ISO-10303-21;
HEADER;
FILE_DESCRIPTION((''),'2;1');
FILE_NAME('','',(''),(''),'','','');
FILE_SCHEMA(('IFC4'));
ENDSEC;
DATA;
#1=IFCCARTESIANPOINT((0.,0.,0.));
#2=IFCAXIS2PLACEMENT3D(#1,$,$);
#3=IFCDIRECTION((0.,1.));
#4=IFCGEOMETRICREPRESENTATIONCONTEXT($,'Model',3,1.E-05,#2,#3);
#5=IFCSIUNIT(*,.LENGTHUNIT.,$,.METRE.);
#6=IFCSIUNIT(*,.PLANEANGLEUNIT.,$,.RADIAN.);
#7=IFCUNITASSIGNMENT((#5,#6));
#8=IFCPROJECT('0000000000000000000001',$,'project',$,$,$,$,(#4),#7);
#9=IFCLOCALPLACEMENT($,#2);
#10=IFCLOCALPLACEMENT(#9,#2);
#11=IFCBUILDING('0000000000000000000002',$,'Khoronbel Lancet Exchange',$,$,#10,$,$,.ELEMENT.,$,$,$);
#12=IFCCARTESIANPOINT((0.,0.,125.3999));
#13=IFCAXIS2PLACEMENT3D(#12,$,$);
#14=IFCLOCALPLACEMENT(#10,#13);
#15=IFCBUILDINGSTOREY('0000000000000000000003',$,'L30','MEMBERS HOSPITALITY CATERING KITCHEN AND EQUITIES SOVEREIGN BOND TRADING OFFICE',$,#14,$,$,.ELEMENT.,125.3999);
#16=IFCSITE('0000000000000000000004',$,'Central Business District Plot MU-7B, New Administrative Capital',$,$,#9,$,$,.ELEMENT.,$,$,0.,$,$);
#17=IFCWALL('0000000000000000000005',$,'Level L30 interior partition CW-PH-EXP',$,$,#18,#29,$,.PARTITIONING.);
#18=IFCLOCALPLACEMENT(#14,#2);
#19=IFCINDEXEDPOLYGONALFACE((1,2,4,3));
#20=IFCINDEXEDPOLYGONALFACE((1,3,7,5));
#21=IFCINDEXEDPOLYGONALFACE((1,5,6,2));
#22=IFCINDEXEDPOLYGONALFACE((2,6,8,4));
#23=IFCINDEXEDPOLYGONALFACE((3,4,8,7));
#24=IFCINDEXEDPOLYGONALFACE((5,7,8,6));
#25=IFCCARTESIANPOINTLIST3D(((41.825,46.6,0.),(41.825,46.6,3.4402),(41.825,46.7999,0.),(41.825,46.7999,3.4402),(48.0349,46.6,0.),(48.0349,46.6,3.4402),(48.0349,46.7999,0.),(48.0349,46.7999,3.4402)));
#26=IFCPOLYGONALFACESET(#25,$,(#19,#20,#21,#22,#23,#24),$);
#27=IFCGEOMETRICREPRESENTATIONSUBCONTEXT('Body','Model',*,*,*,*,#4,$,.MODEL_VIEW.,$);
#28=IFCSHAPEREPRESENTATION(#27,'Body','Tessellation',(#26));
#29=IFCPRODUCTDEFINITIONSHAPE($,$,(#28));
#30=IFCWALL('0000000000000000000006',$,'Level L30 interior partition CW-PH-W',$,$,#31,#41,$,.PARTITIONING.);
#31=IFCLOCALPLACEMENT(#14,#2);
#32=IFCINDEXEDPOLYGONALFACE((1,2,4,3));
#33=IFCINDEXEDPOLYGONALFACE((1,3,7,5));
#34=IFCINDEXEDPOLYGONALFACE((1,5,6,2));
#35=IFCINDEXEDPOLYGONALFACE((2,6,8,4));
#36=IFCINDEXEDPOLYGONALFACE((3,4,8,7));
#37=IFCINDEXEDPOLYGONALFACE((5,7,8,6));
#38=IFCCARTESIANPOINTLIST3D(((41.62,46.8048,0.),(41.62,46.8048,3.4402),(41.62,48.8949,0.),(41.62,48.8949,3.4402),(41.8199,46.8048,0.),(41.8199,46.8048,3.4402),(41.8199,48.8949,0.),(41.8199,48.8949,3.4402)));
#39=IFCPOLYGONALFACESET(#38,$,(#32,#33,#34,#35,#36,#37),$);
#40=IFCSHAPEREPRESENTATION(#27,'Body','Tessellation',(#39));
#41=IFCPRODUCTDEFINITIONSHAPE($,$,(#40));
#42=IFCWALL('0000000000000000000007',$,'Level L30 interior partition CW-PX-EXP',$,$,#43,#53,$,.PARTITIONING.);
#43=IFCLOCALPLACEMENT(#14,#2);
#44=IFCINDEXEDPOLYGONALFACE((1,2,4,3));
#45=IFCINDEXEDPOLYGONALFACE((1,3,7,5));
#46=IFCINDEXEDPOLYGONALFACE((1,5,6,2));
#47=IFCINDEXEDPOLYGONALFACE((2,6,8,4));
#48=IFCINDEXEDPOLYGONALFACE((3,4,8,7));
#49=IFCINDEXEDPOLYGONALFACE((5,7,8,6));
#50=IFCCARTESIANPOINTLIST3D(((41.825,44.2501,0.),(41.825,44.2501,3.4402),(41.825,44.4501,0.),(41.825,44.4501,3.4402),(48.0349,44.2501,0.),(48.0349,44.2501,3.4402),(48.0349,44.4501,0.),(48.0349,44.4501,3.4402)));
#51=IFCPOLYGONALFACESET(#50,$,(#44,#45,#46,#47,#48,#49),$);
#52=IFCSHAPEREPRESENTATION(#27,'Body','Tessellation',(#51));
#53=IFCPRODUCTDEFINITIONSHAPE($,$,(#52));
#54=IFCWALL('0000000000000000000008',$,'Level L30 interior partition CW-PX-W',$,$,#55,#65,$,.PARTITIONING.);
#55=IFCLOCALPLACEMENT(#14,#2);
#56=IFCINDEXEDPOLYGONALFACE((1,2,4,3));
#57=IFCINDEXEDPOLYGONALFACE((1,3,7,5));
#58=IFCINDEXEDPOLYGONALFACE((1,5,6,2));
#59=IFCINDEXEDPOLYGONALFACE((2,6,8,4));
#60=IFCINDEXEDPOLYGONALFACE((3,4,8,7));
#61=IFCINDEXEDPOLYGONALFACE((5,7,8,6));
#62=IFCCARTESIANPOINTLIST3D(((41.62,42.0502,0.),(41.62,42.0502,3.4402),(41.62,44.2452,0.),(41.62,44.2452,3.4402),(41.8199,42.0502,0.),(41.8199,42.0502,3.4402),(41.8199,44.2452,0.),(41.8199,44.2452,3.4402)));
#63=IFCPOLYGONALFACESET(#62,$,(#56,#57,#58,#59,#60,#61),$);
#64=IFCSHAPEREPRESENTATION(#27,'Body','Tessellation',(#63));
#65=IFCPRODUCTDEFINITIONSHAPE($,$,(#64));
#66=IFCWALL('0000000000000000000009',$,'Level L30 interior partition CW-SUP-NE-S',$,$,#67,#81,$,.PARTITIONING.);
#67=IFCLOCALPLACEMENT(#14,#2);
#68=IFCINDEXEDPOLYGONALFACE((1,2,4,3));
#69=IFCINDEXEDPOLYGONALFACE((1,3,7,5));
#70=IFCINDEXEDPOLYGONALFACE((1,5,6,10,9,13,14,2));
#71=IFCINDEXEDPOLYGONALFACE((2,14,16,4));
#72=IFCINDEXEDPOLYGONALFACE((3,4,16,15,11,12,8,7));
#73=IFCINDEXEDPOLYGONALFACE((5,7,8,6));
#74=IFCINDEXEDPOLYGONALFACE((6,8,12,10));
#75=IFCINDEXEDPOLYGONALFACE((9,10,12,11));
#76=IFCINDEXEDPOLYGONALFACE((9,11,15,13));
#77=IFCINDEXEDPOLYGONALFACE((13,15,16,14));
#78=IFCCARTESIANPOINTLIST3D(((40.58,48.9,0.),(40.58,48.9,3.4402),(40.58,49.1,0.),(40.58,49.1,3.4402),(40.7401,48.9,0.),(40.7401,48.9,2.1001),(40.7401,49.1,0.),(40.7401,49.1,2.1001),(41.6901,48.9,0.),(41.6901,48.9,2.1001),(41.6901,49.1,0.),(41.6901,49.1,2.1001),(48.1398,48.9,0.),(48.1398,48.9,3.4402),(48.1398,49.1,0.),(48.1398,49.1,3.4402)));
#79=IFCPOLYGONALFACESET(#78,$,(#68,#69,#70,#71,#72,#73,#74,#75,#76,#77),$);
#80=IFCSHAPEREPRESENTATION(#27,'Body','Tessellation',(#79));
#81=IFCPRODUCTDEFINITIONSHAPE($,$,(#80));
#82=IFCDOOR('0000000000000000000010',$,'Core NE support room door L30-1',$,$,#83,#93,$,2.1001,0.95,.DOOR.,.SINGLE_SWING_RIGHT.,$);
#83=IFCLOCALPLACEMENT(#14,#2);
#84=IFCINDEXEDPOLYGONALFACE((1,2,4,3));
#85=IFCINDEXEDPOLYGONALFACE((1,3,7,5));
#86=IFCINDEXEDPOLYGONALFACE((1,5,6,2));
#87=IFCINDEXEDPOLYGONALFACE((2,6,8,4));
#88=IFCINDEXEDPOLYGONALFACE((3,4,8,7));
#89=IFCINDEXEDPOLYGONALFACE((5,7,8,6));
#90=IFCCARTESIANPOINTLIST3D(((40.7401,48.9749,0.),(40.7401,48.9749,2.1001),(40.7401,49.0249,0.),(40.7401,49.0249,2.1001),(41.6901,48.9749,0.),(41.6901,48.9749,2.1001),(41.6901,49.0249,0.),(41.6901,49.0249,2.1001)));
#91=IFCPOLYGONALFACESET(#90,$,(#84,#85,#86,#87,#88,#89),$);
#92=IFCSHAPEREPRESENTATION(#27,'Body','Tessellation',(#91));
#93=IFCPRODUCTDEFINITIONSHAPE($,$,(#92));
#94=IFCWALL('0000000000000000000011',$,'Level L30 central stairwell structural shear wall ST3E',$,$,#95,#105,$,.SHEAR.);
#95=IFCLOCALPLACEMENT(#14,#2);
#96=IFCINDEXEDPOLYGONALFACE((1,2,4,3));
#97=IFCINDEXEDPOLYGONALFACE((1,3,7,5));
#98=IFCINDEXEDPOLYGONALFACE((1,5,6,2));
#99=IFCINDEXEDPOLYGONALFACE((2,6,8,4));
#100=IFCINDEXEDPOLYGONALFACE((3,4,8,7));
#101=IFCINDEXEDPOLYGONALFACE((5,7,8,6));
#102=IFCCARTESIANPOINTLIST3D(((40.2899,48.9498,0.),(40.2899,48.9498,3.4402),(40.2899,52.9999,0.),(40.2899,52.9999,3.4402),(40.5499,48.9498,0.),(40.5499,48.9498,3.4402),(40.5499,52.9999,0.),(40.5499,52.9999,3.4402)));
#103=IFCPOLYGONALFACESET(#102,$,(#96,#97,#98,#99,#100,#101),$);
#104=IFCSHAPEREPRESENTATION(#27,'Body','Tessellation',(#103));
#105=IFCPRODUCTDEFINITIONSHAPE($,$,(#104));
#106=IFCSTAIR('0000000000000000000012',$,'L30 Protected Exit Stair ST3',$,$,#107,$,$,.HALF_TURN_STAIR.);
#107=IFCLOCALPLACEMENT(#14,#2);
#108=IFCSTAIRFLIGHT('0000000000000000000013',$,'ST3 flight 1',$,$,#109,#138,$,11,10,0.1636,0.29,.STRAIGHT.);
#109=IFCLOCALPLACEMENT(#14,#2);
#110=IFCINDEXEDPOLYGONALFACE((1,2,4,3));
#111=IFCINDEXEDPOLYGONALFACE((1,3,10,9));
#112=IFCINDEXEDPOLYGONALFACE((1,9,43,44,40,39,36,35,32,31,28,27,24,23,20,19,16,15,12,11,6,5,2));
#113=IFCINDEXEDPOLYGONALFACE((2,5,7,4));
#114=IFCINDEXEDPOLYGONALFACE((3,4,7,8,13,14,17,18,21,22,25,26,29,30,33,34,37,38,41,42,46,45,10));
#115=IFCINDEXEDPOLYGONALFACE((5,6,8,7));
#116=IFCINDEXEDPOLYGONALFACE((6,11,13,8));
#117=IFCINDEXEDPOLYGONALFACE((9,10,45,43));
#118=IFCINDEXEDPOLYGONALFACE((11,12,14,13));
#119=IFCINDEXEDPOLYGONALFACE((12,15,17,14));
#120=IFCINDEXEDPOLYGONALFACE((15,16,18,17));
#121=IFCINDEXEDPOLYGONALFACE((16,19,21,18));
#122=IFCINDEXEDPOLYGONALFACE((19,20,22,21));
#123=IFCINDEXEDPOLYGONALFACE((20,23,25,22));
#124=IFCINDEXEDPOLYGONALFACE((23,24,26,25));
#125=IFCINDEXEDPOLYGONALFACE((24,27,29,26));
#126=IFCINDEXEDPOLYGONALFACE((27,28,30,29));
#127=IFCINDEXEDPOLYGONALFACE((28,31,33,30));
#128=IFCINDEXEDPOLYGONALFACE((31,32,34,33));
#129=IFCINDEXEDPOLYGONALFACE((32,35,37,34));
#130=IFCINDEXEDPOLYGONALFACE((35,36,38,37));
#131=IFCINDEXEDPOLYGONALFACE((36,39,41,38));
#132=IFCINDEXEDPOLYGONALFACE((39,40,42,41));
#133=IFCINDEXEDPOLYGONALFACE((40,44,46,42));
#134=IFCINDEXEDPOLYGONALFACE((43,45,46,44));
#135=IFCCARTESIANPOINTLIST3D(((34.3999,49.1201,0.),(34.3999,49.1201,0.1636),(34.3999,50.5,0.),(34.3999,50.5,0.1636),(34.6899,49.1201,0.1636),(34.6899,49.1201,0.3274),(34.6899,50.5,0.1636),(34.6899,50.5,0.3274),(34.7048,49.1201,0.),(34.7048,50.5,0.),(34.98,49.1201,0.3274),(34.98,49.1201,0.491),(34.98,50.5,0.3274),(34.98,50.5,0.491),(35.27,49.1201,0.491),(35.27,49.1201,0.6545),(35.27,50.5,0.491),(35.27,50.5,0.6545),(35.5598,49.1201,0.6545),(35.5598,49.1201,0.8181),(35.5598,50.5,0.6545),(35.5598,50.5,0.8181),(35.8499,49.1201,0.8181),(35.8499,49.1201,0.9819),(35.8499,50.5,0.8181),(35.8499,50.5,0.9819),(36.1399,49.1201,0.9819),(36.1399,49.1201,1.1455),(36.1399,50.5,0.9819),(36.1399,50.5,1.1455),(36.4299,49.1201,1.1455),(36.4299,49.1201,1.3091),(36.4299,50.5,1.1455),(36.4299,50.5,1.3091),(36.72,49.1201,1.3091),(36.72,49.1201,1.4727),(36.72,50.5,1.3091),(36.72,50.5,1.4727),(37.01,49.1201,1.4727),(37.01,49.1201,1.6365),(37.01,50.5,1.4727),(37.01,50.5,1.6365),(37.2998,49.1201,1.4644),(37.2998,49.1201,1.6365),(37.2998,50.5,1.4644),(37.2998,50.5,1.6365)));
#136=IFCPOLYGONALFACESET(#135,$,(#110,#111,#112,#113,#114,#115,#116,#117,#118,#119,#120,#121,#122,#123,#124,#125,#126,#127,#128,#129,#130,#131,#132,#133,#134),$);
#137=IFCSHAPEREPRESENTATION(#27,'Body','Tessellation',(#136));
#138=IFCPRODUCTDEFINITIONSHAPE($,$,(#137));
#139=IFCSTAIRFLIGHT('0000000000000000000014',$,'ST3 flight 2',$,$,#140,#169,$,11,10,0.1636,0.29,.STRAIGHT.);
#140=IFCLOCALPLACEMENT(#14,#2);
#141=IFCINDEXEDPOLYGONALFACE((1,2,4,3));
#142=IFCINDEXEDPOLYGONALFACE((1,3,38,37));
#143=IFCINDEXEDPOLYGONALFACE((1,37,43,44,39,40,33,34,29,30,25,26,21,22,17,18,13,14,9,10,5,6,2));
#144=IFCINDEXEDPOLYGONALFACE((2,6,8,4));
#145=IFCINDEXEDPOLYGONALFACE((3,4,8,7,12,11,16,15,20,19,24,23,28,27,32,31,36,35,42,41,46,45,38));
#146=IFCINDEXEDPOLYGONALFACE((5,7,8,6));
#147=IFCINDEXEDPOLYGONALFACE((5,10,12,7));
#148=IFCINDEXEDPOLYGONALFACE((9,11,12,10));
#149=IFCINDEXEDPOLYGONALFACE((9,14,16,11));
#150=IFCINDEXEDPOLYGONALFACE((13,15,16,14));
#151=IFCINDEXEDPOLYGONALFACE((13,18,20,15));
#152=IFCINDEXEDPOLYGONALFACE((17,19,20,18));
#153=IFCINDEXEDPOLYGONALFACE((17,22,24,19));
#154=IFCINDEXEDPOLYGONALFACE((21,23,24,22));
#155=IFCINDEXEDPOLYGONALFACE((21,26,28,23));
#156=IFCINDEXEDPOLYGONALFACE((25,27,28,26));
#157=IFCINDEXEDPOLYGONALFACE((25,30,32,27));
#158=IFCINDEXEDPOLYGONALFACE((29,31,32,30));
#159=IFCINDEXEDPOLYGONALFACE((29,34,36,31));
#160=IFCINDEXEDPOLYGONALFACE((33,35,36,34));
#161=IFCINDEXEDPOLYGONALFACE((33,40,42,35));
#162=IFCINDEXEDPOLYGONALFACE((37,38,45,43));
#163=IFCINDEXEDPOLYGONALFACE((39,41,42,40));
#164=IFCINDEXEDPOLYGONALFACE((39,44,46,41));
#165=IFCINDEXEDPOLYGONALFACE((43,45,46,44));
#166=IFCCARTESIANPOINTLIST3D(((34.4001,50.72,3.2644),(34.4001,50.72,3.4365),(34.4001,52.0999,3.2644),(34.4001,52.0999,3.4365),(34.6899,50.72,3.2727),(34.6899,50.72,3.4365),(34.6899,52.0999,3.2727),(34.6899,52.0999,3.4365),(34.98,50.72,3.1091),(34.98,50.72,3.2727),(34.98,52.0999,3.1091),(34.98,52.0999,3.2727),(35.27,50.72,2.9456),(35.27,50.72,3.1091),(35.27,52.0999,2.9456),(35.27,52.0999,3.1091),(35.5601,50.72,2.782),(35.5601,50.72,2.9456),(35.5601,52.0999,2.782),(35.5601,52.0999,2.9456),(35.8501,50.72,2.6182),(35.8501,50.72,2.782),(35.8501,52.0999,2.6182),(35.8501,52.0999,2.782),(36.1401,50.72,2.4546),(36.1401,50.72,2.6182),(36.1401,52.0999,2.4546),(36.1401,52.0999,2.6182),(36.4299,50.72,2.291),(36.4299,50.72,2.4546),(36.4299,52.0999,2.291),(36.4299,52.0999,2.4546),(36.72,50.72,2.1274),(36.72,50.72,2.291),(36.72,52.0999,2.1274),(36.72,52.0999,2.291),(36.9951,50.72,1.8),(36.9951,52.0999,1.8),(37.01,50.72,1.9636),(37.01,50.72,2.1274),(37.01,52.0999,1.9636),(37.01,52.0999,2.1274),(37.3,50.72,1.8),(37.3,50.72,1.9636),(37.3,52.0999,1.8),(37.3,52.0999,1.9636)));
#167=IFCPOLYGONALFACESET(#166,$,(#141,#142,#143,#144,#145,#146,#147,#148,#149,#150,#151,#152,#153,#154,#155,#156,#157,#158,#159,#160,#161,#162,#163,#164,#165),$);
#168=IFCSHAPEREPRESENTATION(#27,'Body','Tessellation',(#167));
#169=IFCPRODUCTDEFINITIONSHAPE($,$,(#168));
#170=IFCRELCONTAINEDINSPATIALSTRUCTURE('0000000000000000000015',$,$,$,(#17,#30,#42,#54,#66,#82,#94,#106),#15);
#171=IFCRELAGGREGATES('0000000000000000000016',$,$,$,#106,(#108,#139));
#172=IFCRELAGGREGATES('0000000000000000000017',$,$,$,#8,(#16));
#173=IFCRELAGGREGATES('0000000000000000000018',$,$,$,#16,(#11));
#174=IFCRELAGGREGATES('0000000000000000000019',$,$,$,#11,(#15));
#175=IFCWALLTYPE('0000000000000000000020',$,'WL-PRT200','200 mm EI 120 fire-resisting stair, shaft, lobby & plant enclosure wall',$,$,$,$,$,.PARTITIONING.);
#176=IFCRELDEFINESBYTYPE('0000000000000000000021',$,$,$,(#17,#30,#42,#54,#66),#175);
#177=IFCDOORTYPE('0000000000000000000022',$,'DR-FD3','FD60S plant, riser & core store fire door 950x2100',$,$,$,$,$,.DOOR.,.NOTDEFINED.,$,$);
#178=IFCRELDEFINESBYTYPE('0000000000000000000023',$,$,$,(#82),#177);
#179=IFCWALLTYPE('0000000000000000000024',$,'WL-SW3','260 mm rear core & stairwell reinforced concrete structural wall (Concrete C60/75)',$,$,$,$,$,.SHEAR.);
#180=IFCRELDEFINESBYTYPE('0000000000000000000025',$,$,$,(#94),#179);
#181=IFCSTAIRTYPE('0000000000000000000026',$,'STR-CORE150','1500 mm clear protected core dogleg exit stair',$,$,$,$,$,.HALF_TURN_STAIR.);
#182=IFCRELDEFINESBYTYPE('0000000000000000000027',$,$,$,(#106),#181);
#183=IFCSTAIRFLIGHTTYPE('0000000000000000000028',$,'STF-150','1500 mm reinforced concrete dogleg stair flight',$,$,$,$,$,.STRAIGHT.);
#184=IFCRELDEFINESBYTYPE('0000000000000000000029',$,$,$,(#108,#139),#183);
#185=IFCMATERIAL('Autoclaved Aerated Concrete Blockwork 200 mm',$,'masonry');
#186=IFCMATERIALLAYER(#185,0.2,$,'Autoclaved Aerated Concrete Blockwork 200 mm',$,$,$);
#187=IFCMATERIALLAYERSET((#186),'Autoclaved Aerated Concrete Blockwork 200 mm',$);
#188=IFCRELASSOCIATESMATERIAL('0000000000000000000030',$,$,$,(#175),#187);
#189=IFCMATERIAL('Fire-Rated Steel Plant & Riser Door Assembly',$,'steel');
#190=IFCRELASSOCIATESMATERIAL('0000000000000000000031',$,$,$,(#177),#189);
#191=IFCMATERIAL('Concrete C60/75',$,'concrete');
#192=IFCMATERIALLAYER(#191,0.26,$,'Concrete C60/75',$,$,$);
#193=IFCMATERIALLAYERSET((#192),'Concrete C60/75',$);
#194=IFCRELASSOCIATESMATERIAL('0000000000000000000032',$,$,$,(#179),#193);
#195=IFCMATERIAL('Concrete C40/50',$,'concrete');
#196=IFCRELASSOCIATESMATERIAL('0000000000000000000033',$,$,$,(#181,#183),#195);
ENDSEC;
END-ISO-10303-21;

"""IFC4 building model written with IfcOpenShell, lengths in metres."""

from ifc_helpers import new_model, si_unit, direction, frame, frame_2d, origin, place, context, subcontext, project, spatial, polyline, rectangle, outline, extrude, material, layer, layer_set, type_object, element, fill, aggregate, save


model = new_model("IFC4")

# Units and contexts
model_context = context("Model", 3, precision=1e-05, world=origin(), true_north=direction((0.0, 1.0)))
body_context = subcontext(model_context, "Body", "Model", "MODEL_VIEW")
ifc_project = project(units=[si_unit("LENGTHUNIT", "METRE"), si_unit("PLANEANGLEUNIT", "RADIAN")], contexts=[model_context])

# Site, building, storey
site_placement = place(None, origin())
site = spatial("IfcSite", under=ifc_project, at=site_placement, Name="Central Business District Plot MU-7B, New Administrative Capital", CompositionType="ELEMENT", RefElevation=0.0)
building_placement = place(site_placement, origin())
building = spatial("IfcBuilding", under=site, at=building_placement, Name="Khoronbel Lancet Exchange", CompositionType="ELEMENT")
storey_placement = place(building_placement, frame((0.0, 0.0, 125.3999)))
storey = spatial("IfcBuildingStorey", under=building, at=storey_placement, Name="L30", Description="MEMBERS HOSPITALITY CATERING KITCHEN AND EQUITIES SOVEREIGN BOND TRADING OFFICE", CompositionType="ELEMENT", Elevation=125.3999)

# Walls
ifc_material_1 = material(Name="Autoclaved Aerated Concrete Blockwork 200 mm", Category="masonry")
ifc_layer_1 = layer(ifc_material_1, 0.2, Name="Autoclaved Aerated Concrete Blockwork 200 mm")
ifc_layer_set_1 = layer_set([ifc_layer_1], Name="Autoclaved Aerated Concrete Blockwork 200 mm")
wall_type_1 = type_object("IfcWallType", Name="WL-PRT200", Description="200 mm EI 120 fire-resisting stair, shaft, lobby & plant enclosure wall", PredefinedType="PARTITIONING", material=ifc_layer_set_1)
wall_1_placement = place(storey_placement, frame((41.825, 46.7, 0.0), z_axis=(0.0, 0.0, 1.0), x_axis=(1.0, 0.0, 0.0)))
element("IfcWall", 1, at=wall_1_placement, inside=storey, type_object=wall_type_1, Name="Level L30 interior partition CW-PH-EXP", PredefinedType="PARTITIONING", context=body_context, shape_type="SweptSolid", body=[
    extrude(rectangle(XDim=6.21, YDim=0.2, at=frame_2d((3.105, 0.0))), origin(), (0.0, 0.0, 1.0), 3.4402),
])
wall_2_placement = place(storey_placement, frame((41.72, 46.8049, 0.0), z_axis=(0.0, 0.0, 1.0), x_axis=(0.0, 1.0, 0.0)))
element("IfcWall", 2, at=wall_2_placement, inside=storey, type_object=wall_type_1, Name="Level L30 interior partition CW-PH-W", PredefinedType="PARTITIONING", context=body_context, shape_type="SweptSolid", body=[
    extrude(rectangle(XDim=2.0901, YDim=0.2, at=frame_2d((1.0449, 0.0))), origin(), (0.0, 0.0, 1.0), 3.4402),
])
wall_3_placement = place(storey_placement, frame((41.825, 44.3501, 0.0), z_axis=(0.0, 0.0, 1.0), x_axis=(1.0, 0.0, 0.0)))
element("IfcWall", 3, at=wall_3_placement, inside=storey, type_object=wall_type_1, Name="Level L30 interior partition CW-PX-EXP", PredefinedType="PARTITIONING", context=body_context, shape_type="SweptSolid", body=[
    extrude(rectangle(XDim=6.21, YDim=0.2, at=frame_2d((3.105, 0.0))), origin(), (0.0, 0.0, 1.0), 3.4402),
])
wall_4_placement = place(storey_placement, frame((41.72, 42.05, 0.0), z_axis=(0.0, 0.0, 1.0), x_axis=(0.0, 1.0, 0.0)))
element("IfcWall", 4, at=wall_4_placement, inside=storey, type_object=wall_type_1, Name="Level L30 interior partition CW-PX-W", PredefinedType="PARTITIONING", context=body_context, shape_type="SweptSolid", body=[
    extrude(rectangle(XDim=2.1951, YDim=0.2, at=frame_2d((1.0977, 0.0))), origin(), (0.0, 0.0, 1.0), 3.4402),
])

# Wall, opening, door
wall_5_placement = place(storey_placement, frame((40.5801, 49.0, 0.0), z_axis=(0.0, 0.0, 1.0), x_axis=(1.0, 0.0, 0.0)))
wall_5 = element("IfcWall", 5, at=wall_5_placement, inside=storey, type_object=wall_type_1, Name="Level L30 interior partition CW-SUP-NE-S", PredefinedType="PARTITIONING", context=body_context, shape_type="SweptSolid", body=[
    extrude(rectangle(XDim=7.5598, YDim=0.2, at=frame_2d((3.7798, 0.0))), origin(), (0.0, 0.0, 1.0), 3.4402),
])
opening_1_placement = place(wall_5_placement, frame((0.1599, 0.0, 0.0)))
opening_1 = element("IfcOpeningElement", 6, at=opening_1_placement, cuts=wall_5, PredefinedType="OPENING", context=body_context, shape_type="SweptSolid", body=[
    extrude(rectangle(XDim=0.95, YDim=2.1001, at=frame_2d((0.4751, 1.05))), frame((0.0, 0.1099, 0.0), z_axis=(0.0, -1.0, 0.0), x_axis=(1.0, 0.0, 0.0)), (0.0, 0.0, 1.0), 0.22),
])
ifc_material_2 = material(Name="Fire-Rated Steel Plant & Riser Door Assembly", Category="steel")
door_type_1 = type_object("IfcDoorType", Name="DR-FD3", Description="FD60S plant, riser & core store fire door 950x2100", OperationType="NOTDEFINED", PredefinedType="DOOR", material=ifc_material_2)
door_1_placement = place(opening_1_placement, origin())
door_1 = element("IfcDoor", 7, at=door_1_placement, inside=storey, type_object=door_type_1, Name="Core NE support room door L30-1", OperationType="SINGLE_SWING_RIGHT", OverallHeight=2.1001, OverallWidth=0.95, PredefinedType="DOOR", context=body_context, shape_type="SweptSolid", body=[
    extrude(rectangle(XDim=0.95, YDim=2.1001, at=frame_2d((0.4751, 1.05))), frame((0.0, 0.0249, 0.0), z_axis=(0.0, -1.0, 0.0), x_axis=(1.0, 0.0, 0.0)), (0.0, 0.0, 1.0), 0.05),
])
fill(opening_1, door_1)

# Wall
ifc_material_3 = material(Name="Concrete C60/75", Category="concrete")
ifc_layer_2 = layer(ifc_material_3, 0.26, Name="Concrete C60/75")
ifc_layer_set_2 = layer_set([ifc_layer_2], Name="Concrete C60/75")
wall_type_2 = type_object("IfcWallType", Name="WL-SW3", Description="260 mm rear core & stairwell reinforced concrete structural wall (Concrete C60/75)", PredefinedType="SHEAR", material=ifc_layer_set_2)
wall_6_placement = place(storey_placement, frame((40.4199, 48.95, 0.0), z_axis=(0.0, 0.0, 1.0), x_axis=(0.0, 1.0, 0.0)))
element("IfcWall", 8, at=wall_6_placement, inside=storey, type_object=wall_type_2, Name="Level L30 central stairwell structural shear wall ST3E", PredefinedType="SHEAR", context=body_context, shape_type="SweptSolid", body=[
    extrude(rectangle(XDim=4.05, YDim=0.26, at=frame_2d((2.0249, 0.0))), origin(), (0.0, 0.0, 1.0), 3.4402),
])

# Stair, stair flights
ifc_material_4 = material(Name="Concrete C40/50", Category="concrete")
stair_type = type_object("IfcStairType", Name="STR-CORE150", Description="1500 mm clear protected core dogleg exit stair", PredefinedType="HALF_TURN_STAIR", material=ifc_material_4)
stair_placement = place(storey_placement, origin())
stair = element("IfcStair", 9, at=stair_placement, inside=storey, type_object=stair_type, Name="L30 Protected Exit Stair ST3", PredefinedType="HALF_TURN_STAIR")
stair_flight_type = type_object("IfcStairFlightType", Name="STF-150", Description="1500 mm reinforced concrete dogleg stair flight", PredefinedType="STRAIGHT", material=ifc_material_4)
stair_flight_1_placement = place(storey_placement, frame((34.3999, 49.8101, 0.0), z_axis=(0.0, 0.0, 1.0), x_axis=(1.0, 0.0, 0.0)))
stair_flight_1 = element("IfcStairFlight", 10, at=stair_flight_1_placement, type_object=stair_flight_type, Name="ST3 flight 1", NumberOfRisers=11, NumberOfTreads=10, PredefinedType="STRAIGHT", RiserHeight=0.1636, TreadLength=0.29, context=body_context, shape_type="SweptSolid", body=[
    extrude(outline(polyline([(0.0, 0.0), (0.0, 0.1636), (0.29, 0.1636), (0.29, 0.3274), (0.5801, 0.3274), (0.5801, 0.491), (0.8701, 0.491), (0.8701, 0.6545), (1.1599, 0.6545), (1.1599, 0.8181), (1.45, 0.8181), (1.45, 0.9819), (1.74, 0.9819), (1.74, 1.1455), (2.03, 1.1455), (2.03, 1.3091), (2.3201, 1.3091), (2.3201, 1.4727), (2.6101, 1.4727), (2.6101, 1.6365), (2.8999, 1.6365), (2.8999, 1.8), (2.8999, 1.4644), (0.3049, 0.0), (0.0, 0.0)])), frame((0.0, 0.6899, 0.0), z_axis=(0.0, -1.0, 0.0), x_axis=(1.0, 0.0, 0.0)), (0.0, 0.0, 1.0), 1.3799),
])
stair_flight_2_placement = place(storey_placement, frame((37.3, 51.4099, 1.8), z_axis=(0.0, 0.0, 1.0), x_axis=(-1.0, 0.0, 0.0)))
stair_flight_2 = element("IfcStairFlight", 11, at=stair_flight_2_placement, type_object=stair_flight_type, Name="ST3 flight 2", NumberOfRisers=11, NumberOfTreads=10, PredefinedType="STRAIGHT", RiserHeight=0.1636, TreadLength=0.29, context=body_context, shape_type="SweptSolid", body=[
    extrude(outline(polyline([(0.0, 0.0), (0.0, 0.1636), (0.29, 0.1636), (0.29, 0.3274), (0.5801, 0.3274), (0.5801, 0.491), (0.8701, 0.491), (0.8701, 0.6545), (1.1599, 0.6545), (1.1599, 0.8181), (1.45, 0.8181), (1.45, 0.9819), (1.74, 0.9819), (1.74, 1.1455), (2.03, 1.1455), (2.03, 1.3091), (2.3201, 1.3091), (2.3201, 1.4727), (2.6101, 1.4727), (2.6101, 1.6365), (2.8999, 1.6365), (2.8999, 1.8), (2.8999, 1.4644), (0.3049, 0.0), (0.0, 0.0)])), frame((0.0, 0.6899, 0.0), z_axis=(0.0, -1.0, 0.0), x_axis=(1.0, 0.0, 0.0)), (0.0, 0.0, 1.0), 1.3799),
])
aggregate(stair, [stair_flight_1, stair_flight_2])

save(model, "model.ifc")
